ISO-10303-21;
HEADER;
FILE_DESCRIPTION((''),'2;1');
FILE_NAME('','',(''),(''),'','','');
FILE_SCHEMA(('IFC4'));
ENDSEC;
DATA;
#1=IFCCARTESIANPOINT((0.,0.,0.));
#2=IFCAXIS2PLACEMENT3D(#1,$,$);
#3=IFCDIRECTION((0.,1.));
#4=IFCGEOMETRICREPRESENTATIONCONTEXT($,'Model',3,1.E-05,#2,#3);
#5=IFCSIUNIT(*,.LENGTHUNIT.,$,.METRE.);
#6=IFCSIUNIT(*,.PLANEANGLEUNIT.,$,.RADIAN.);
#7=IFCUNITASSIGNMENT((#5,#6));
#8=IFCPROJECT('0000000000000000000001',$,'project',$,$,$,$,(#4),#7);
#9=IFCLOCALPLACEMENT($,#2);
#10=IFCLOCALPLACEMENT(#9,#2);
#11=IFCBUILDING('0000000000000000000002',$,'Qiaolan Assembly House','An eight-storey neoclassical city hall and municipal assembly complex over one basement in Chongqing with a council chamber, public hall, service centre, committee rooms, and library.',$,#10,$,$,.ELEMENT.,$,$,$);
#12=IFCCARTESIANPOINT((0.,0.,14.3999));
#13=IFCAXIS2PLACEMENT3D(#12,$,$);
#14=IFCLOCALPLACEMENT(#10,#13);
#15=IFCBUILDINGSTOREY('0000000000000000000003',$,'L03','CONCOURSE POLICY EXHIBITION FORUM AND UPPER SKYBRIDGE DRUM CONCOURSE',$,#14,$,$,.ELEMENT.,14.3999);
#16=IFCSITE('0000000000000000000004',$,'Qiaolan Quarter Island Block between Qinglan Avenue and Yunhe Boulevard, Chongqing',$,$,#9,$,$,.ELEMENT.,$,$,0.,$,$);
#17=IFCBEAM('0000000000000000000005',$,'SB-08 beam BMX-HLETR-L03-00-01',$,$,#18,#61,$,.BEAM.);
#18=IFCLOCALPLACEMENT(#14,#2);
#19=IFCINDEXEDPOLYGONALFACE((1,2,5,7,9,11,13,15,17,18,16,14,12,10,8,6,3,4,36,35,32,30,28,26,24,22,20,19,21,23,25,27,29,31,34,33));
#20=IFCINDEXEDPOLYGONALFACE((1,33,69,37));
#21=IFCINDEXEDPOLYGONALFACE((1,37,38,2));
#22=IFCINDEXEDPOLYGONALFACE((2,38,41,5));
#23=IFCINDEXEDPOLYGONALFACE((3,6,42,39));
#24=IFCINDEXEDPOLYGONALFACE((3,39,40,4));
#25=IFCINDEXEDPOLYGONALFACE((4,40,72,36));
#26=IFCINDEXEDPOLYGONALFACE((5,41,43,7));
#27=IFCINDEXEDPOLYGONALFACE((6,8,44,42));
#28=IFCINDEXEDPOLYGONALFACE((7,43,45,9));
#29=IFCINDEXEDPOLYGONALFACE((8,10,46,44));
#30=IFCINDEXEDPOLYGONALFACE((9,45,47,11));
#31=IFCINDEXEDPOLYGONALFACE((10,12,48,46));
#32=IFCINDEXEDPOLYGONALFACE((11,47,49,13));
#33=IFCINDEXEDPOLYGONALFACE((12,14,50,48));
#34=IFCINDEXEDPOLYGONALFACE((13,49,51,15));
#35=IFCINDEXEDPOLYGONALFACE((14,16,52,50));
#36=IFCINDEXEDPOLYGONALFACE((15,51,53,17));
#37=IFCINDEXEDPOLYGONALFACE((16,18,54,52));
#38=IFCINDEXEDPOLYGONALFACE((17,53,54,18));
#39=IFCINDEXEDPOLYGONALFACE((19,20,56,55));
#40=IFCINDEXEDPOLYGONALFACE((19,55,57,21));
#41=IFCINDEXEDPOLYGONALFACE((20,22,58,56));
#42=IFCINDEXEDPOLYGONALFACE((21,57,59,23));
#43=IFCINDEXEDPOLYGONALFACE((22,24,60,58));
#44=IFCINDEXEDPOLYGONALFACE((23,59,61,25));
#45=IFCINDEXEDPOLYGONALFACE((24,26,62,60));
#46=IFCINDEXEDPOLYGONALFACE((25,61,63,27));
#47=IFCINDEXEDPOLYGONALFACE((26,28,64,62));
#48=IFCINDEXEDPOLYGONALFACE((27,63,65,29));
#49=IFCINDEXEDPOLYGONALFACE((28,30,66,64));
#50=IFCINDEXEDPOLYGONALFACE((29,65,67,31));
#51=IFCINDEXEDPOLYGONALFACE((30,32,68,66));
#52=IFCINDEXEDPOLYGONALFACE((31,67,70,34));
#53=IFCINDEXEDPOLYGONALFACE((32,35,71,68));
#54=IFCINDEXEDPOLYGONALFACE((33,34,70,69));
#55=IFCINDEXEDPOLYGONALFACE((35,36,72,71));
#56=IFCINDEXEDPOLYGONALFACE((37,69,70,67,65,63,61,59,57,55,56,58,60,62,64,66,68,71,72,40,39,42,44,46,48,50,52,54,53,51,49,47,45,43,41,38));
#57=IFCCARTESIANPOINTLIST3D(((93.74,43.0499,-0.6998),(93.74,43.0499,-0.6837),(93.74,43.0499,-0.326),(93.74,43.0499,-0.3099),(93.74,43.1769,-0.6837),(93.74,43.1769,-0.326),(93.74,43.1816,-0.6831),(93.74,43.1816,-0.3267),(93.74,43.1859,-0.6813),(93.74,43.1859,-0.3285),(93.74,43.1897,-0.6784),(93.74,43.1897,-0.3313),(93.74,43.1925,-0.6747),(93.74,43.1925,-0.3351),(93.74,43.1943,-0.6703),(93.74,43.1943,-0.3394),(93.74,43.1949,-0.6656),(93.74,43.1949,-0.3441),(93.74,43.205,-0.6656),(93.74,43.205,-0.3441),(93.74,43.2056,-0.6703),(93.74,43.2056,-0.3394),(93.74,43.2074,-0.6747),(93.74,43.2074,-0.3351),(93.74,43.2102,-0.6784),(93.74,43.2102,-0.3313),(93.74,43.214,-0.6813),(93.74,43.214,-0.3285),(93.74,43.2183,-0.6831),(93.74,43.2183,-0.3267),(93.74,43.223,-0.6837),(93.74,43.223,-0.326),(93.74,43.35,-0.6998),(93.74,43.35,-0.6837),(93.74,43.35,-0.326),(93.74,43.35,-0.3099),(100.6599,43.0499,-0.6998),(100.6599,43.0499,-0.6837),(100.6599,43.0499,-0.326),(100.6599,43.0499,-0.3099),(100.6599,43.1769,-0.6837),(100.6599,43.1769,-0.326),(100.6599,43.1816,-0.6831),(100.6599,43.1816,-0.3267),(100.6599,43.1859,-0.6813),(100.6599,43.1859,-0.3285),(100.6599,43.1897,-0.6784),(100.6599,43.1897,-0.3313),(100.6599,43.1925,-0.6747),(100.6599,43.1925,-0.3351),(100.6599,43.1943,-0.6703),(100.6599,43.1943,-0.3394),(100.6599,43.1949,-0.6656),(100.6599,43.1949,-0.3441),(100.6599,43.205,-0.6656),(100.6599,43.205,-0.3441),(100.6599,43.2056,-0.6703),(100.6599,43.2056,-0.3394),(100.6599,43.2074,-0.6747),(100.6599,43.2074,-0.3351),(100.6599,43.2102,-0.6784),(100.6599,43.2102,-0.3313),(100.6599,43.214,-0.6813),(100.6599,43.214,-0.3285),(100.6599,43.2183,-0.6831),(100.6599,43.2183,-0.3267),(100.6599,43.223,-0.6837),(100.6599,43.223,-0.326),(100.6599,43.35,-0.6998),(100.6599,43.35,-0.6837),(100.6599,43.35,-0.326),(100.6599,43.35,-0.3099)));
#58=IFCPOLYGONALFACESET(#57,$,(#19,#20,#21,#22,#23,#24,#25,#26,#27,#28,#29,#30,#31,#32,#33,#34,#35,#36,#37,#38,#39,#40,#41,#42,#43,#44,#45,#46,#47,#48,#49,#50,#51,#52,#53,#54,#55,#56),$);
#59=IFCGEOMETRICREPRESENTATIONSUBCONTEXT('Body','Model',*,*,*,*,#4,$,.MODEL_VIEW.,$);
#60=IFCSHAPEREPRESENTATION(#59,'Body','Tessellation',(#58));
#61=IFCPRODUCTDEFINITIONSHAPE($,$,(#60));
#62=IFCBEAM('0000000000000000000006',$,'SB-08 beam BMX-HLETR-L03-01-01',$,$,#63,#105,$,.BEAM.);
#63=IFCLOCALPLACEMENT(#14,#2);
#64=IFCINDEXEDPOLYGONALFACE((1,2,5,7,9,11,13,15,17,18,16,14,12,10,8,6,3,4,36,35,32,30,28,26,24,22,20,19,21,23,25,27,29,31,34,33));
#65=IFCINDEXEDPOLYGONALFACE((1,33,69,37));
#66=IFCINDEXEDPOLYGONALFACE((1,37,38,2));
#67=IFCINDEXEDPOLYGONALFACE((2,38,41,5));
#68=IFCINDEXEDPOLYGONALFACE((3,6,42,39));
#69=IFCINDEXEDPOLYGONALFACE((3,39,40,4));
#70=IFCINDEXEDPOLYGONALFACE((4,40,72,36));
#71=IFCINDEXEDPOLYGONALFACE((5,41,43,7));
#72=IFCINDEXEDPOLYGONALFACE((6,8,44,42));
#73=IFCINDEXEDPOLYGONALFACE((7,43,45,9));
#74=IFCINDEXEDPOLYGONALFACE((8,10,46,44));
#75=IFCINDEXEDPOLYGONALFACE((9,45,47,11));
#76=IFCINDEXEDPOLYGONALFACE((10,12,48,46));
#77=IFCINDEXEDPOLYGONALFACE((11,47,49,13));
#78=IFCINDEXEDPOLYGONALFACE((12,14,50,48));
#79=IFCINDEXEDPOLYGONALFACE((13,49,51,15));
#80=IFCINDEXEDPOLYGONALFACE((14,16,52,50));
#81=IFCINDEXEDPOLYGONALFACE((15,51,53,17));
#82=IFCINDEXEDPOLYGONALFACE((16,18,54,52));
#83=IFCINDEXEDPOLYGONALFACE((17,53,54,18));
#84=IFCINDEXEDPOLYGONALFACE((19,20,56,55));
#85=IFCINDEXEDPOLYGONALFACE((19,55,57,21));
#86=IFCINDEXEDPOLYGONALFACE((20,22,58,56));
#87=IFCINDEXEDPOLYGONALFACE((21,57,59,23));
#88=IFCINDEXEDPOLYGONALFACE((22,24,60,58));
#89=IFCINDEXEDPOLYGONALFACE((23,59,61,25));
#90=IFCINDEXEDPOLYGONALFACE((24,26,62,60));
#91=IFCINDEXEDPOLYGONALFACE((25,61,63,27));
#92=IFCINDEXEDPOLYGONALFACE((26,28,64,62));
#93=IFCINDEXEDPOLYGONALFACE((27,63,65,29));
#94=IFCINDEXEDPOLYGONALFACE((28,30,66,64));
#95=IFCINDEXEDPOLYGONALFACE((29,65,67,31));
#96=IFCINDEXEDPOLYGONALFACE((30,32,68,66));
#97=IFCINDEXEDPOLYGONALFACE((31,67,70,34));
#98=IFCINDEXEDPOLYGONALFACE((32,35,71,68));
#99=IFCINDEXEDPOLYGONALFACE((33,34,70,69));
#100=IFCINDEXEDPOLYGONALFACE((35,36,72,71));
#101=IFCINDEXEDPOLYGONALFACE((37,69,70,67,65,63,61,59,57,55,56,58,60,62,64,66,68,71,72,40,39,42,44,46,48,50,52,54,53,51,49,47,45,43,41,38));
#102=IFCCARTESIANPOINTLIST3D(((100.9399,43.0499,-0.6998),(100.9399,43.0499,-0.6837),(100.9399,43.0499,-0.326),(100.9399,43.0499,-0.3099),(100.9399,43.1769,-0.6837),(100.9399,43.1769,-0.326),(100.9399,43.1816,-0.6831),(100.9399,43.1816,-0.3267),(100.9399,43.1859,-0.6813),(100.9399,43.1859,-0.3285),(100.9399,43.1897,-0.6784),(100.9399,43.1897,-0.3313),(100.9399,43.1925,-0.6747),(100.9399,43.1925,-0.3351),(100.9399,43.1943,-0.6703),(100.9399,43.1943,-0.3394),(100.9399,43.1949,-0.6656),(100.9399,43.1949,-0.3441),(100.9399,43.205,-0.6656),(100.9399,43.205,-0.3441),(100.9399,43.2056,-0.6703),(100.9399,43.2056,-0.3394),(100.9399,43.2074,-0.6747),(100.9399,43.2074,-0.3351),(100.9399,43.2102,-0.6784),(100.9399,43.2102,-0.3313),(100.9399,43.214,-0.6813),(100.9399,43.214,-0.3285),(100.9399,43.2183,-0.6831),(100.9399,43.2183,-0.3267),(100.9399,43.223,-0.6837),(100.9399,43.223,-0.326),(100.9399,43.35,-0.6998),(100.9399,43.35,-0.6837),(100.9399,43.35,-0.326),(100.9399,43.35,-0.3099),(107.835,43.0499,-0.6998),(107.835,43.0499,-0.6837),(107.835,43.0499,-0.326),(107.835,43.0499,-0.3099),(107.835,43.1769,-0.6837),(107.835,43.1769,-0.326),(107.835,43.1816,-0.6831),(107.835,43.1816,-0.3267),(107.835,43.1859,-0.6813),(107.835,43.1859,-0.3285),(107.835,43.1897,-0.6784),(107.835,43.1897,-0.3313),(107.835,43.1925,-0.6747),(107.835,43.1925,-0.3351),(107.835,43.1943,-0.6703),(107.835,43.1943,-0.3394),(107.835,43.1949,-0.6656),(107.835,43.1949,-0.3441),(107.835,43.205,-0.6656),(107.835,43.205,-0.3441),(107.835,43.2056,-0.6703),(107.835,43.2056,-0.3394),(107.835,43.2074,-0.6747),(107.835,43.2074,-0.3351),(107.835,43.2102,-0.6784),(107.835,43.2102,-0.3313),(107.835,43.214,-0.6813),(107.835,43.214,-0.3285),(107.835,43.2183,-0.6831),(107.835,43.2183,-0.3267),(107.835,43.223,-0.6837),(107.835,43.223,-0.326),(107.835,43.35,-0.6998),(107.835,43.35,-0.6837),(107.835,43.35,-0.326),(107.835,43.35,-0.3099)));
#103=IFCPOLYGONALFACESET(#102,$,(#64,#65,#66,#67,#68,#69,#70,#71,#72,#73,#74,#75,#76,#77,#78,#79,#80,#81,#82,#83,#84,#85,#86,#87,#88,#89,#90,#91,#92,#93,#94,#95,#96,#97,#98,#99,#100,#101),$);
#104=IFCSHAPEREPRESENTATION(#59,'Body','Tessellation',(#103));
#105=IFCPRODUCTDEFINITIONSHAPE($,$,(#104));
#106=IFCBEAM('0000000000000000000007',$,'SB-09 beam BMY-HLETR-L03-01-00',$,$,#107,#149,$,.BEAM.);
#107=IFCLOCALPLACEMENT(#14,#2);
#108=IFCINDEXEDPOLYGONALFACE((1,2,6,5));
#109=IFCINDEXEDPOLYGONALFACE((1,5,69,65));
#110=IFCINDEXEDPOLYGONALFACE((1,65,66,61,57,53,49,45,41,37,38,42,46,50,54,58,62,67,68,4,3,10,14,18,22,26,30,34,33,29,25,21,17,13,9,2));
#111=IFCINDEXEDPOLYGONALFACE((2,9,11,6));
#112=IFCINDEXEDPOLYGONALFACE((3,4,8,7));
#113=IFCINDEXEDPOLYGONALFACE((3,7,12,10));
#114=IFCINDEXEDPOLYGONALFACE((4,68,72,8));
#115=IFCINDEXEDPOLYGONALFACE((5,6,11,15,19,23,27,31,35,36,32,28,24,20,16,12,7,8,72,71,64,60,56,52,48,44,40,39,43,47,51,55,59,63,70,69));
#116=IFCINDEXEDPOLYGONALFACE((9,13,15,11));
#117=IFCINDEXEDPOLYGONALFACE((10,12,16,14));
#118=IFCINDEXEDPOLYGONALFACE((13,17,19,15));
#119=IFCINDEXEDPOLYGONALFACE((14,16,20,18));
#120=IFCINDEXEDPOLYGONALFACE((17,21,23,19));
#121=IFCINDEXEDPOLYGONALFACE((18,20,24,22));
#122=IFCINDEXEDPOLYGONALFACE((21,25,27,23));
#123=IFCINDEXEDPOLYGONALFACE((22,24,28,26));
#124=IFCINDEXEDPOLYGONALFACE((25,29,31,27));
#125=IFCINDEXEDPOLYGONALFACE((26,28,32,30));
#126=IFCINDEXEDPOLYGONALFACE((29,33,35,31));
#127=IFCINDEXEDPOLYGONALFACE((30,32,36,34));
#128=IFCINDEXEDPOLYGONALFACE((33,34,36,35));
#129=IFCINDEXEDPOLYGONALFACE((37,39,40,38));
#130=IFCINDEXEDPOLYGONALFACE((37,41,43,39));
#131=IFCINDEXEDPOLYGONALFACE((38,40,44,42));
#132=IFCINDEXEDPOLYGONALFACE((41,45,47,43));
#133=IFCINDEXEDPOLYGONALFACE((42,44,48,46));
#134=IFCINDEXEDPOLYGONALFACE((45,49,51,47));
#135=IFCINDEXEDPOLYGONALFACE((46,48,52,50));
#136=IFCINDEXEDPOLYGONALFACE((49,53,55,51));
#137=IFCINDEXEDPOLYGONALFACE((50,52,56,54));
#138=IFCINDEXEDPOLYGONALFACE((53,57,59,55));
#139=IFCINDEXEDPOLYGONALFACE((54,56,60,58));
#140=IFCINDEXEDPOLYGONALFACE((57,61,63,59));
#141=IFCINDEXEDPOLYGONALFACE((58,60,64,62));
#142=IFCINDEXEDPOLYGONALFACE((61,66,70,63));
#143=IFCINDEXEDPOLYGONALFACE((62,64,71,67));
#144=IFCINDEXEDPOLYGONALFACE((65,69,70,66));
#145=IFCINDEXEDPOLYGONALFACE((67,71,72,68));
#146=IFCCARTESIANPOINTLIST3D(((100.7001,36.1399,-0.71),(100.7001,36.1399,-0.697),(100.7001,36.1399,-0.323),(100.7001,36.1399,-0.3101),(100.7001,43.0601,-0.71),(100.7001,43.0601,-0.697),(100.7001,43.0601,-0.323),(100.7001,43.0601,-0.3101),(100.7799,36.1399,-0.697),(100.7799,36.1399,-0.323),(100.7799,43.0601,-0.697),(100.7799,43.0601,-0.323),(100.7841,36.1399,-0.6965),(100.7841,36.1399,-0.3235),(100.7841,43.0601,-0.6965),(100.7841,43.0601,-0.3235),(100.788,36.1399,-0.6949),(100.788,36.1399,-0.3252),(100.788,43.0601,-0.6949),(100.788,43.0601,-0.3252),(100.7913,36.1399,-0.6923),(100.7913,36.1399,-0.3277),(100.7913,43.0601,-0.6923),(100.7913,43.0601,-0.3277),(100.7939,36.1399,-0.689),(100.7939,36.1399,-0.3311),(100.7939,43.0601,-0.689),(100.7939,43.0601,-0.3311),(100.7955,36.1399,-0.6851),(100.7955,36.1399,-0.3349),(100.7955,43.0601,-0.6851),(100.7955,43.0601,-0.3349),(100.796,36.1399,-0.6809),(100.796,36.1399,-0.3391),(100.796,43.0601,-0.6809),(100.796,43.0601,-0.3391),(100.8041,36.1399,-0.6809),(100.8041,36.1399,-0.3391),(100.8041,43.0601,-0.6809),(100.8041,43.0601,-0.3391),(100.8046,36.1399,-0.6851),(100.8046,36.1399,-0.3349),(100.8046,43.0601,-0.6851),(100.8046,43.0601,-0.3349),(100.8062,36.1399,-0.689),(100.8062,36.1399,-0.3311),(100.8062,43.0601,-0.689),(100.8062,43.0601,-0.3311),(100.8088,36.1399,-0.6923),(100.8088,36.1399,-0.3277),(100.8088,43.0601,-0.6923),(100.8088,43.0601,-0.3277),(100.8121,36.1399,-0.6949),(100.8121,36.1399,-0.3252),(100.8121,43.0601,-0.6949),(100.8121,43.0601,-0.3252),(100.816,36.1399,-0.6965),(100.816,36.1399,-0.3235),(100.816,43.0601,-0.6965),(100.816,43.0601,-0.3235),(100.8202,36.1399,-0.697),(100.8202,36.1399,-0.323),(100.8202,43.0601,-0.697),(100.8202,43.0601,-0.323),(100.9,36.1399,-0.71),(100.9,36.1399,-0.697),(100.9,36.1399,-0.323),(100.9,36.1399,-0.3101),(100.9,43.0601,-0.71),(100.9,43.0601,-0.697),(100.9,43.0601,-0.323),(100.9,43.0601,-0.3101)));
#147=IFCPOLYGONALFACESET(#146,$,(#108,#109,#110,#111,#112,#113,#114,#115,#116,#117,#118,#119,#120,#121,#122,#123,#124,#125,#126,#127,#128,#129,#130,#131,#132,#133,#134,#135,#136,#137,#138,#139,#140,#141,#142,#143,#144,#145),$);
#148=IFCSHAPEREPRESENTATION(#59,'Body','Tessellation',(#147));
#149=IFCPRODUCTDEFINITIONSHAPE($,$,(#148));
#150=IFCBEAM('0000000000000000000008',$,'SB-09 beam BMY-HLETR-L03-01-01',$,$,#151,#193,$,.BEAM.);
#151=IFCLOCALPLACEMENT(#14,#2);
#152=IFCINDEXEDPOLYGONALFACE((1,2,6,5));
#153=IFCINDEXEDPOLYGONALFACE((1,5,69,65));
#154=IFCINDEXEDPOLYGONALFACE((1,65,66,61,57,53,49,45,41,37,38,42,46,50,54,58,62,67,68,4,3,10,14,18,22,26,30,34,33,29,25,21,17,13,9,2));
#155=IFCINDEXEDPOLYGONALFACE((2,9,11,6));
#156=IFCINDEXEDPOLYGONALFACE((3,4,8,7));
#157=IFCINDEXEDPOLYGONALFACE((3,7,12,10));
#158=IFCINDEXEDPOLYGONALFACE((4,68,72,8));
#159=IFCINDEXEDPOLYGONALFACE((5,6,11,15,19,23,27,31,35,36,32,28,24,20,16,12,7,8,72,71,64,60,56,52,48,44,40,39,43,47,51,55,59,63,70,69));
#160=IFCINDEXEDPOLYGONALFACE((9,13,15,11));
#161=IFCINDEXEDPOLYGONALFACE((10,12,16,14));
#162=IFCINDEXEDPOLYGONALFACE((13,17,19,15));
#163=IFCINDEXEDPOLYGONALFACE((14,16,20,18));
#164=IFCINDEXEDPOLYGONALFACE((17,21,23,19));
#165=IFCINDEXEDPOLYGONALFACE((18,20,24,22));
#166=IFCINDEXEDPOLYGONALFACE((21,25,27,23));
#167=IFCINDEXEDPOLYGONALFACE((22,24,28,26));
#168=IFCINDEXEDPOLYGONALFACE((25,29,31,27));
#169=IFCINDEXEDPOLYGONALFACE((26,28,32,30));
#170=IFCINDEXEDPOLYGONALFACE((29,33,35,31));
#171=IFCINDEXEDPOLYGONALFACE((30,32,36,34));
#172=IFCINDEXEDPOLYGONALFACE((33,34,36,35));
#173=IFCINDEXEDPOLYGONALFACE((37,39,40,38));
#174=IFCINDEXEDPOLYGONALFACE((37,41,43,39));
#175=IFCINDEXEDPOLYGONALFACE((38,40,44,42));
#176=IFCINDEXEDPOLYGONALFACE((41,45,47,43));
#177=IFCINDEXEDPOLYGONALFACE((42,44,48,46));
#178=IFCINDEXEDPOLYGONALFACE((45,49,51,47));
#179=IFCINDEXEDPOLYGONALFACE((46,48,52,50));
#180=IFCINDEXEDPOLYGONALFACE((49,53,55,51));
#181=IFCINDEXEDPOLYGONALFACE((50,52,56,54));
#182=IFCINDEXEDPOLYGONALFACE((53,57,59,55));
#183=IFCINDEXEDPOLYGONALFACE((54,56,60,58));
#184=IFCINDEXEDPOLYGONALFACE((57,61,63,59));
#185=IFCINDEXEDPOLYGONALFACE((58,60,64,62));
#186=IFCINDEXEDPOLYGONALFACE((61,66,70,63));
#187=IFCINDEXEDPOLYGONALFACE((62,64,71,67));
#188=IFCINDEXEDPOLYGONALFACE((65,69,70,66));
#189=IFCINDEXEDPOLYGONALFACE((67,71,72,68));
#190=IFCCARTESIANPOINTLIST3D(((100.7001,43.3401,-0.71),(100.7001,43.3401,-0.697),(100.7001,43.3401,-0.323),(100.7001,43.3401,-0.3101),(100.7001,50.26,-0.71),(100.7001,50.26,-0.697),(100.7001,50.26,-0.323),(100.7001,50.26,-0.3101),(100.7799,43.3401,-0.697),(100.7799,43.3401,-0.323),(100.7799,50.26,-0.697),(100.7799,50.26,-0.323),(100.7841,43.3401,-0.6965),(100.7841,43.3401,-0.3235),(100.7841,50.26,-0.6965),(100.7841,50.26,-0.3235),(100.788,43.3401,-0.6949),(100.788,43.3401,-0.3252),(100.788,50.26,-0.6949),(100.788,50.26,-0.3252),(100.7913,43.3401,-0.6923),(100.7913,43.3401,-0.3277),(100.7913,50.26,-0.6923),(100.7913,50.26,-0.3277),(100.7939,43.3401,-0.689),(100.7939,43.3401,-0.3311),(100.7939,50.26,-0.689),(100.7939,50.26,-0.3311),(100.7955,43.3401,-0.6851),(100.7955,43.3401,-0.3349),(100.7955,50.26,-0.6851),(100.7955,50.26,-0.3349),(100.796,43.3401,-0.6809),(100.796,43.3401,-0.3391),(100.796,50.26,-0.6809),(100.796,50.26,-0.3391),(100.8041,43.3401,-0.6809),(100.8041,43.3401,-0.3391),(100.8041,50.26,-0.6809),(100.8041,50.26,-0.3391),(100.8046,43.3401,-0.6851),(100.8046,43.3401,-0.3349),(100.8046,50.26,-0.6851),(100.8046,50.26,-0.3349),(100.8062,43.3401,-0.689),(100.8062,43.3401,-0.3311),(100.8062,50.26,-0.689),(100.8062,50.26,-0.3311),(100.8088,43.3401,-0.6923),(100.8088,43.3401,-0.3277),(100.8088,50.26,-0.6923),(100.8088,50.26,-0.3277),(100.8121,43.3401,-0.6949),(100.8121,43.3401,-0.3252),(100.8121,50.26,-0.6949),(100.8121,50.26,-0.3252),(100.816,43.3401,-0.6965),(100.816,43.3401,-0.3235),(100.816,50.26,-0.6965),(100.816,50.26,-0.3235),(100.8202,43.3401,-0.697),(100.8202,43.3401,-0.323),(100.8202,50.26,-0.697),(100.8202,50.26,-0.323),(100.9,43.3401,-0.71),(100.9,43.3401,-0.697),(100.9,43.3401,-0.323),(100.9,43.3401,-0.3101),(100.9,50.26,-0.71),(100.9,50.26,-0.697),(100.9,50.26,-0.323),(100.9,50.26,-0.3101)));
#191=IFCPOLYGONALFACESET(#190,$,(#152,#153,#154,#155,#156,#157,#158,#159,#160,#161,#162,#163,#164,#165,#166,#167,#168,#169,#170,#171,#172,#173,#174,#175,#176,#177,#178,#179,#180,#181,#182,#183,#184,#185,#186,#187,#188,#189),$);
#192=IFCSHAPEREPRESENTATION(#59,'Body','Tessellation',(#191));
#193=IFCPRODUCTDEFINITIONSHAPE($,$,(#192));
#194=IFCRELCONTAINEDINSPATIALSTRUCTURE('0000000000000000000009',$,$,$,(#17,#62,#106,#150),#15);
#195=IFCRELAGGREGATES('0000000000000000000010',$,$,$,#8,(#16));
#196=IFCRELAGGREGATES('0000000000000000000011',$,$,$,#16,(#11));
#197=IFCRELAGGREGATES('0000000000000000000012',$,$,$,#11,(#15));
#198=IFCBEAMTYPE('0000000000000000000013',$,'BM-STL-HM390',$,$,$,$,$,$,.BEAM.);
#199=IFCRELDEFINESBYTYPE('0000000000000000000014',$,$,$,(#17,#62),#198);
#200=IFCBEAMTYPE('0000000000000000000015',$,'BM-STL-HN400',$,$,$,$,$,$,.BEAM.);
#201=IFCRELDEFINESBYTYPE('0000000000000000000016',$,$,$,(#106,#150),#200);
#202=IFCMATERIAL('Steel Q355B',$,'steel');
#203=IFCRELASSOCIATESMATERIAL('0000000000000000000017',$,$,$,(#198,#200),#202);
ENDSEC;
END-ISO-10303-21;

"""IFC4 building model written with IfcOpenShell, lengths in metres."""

from ifc_helpers import new_model, si_unit, direction, frame, origin, origin_2d, place, context, subcontext, project, spatial, i_section, extrude, material, material_profile, profile_set, type_object, element, save


model = new_model("IFC4")

# Units and contexts
model_context = context("Model", 3, precision=1e-05, world=origin(), true_north=direction((0.0, 1.0)))
body_context = subcontext(model_context, "Body", "Model", "MODEL_VIEW")
ifc_project = project(units=[si_unit("LENGTHUNIT", "METRE"), si_unit("PLANEANGLEUNIT", "RADIAN")], contexts=[model_context])

# Site, building, storey
site_placement = place(None, origin())
site = spatial("IfcSite", under=ifc_project, at=site_placement, Name="Qiaolan Quarter Island Block between Qinglan Avenue and Yunhe Boulevard, Chongqing", CompositionType="ELEMENT", RefElevation=0.0)
building_placement = place(site_placement, origin())
building = spatial("IfcBuilding", under=site, at=building_placement, Name="Qiaolan Assembly House", Description="An eight-storey neoclassical city hall and municipal assembly complex over one basement in Chongqing with a council chamber, public hall, service centre, committee rooms, and library.", CompositionType="ELEMENT")
storey_placement = place(building_placement, frame((0.0, 0.0, 14.3999)))
storey = spatial("IfcBuildingStorey", under=building, at=storey_placement, Name="L03", Description="CONCOURSE POLICY EXHIBITION FORUM AND UPPER SKYBRIDGE DRUM CONCOURSE", CompositionType="ELEMENT", Elevation=14.3999)

# Shared definitions
ifc_material_1 = material(Name="Steel Q355B", Category="steel")

# Beams
ifc_material_profile_1 = material_profile(ifc_material_1, i_section(OverallWidth=0.3, OverallDepth=0.3899, WebThickness=0.01, FlangeThickness=0.0161, FilletRadius=0.0181, at=origin_2d()), Name="HM 390x300x10x16")
ifc_profile_set_1 = profile_set([ifc_material_profile_1], Name="Steel Q355B")
beam_type_1 = type_object("IfcBeamType", Name="BM-STL-HM390", PredefinedType="BEAM", material=ifc_profile_set_1)
beam_1_placement = place(storey_placement, frame((93.74, 43.2, -0.5049), z_axis=(1.0, 0.0, 0.0), x_axis=(0.0, 1.0, 0.0)))
element("IfcBeam", 1, at=beam_1_placement, inside=storey, type_object=beam_type_1, Name="SB-08 beam BMX-HLETR-L03-00-01", PredefinedType="BEAM", context=body_context, shape_type="SweptSolid", body=[
    extrude(i_section(OverallWidth=0.3, OverallDepth=0.3899, WebThickness=0.01, FlangeThickness=0.0161, FilletRadius=0.0181, at=origin_2d()), origin(), (0.0, 0.0, 1.0), 6.9199),
])
beam_2_placement = place(storey_placement, frame((100.9399, 43.2, -0.5049), z_axis=(1.0, 0.0, 0.0), x_axis=(0.0, 1.0, 0.0)))
element("IfcBeam", 2, at=beam_2_placement, inside=storey, type_object=beam_type_1, Name="SB-08 beam BMX-HLETR-L03-01-01", PredefinedType="BEAM", context=body_context, shape_type="SweptSolid", body=[
    extrude(i_section(OverallWidth=0.3, OverallDepth=0.3899, WebThickness=0.01, FlangeThickness=0.0161, FilletRadius=0.0181, at=origin_2d()), origin(), (0.0, 0.0, 1.0), 6.895),
])
ifc_material_profile_2 = material_profile(ifc_material_1, i_section(OverallWidth=0.2, OverallDepth=0.3999, WebThickness=0.0081, FlangeThickness=0.0129, FilletRadius=0.0161, at=origin_2d()), Name="HN 400x200x8x13")
ifc_profile_set_2 = profile_set([ifc_material_profile_2], Name="Steel Q355B")
beam_type_2 = type_object("IfcBeamType", Name="BM-STL-HN400", PredefinedType="BEAM", material=ifc_profile_set_2)
beam_3_placement = place(storey_placement, frame((100.8, 36.1399, -0.51), z_axis=(0.0, 1.0, 0.0), x_axis=(-1.0, 0.0, 0.0)))
element("IfcBeam", 3, at=beam_3_placement, inside=storey, type_object=beam_type_2, Name="SB-09 beam BMY-HLETR-L03-01-00", PredefinedType="BEAM", context=body_context, shape_type="SweptSolid", body=[
    extrude(i_section(OverallWidth=0.2, OverallDepth=0.3999, WebThickness=0.0081, FlangeThickness=0.0129, FilletRadius=0.0161, at=origin_2d()), origin(), (0.0, 0.0, 1.0), 6.9202),
])
beam_4_placement = place(storey_placement, frame((100.8, 43.3401, -0.51), z_axis=(0.0, 1.0, 0.0), x_axis=(-1.0, 0.0, 0.0)))
element("IfcBeam", 4, at=beam_4_placement, inside=storey, type_object=beam_type_2, Name="SB-09 beam BMY-HLETR-L03-01-01", PredefinedType="BEAM", context=body_context, shape_type="SweptSolid", body=[
    extrude(i_section(OverallWidth=0.2, OverallDepth=0.3999, WebThickness=0.0081, FlangeThickness=0.0129, FilletRadius=0.0161, at=origin_2d()), origin(), (0.0, 0.0, 1.0), 6.9199),
])

save(model, "model.ifc")
